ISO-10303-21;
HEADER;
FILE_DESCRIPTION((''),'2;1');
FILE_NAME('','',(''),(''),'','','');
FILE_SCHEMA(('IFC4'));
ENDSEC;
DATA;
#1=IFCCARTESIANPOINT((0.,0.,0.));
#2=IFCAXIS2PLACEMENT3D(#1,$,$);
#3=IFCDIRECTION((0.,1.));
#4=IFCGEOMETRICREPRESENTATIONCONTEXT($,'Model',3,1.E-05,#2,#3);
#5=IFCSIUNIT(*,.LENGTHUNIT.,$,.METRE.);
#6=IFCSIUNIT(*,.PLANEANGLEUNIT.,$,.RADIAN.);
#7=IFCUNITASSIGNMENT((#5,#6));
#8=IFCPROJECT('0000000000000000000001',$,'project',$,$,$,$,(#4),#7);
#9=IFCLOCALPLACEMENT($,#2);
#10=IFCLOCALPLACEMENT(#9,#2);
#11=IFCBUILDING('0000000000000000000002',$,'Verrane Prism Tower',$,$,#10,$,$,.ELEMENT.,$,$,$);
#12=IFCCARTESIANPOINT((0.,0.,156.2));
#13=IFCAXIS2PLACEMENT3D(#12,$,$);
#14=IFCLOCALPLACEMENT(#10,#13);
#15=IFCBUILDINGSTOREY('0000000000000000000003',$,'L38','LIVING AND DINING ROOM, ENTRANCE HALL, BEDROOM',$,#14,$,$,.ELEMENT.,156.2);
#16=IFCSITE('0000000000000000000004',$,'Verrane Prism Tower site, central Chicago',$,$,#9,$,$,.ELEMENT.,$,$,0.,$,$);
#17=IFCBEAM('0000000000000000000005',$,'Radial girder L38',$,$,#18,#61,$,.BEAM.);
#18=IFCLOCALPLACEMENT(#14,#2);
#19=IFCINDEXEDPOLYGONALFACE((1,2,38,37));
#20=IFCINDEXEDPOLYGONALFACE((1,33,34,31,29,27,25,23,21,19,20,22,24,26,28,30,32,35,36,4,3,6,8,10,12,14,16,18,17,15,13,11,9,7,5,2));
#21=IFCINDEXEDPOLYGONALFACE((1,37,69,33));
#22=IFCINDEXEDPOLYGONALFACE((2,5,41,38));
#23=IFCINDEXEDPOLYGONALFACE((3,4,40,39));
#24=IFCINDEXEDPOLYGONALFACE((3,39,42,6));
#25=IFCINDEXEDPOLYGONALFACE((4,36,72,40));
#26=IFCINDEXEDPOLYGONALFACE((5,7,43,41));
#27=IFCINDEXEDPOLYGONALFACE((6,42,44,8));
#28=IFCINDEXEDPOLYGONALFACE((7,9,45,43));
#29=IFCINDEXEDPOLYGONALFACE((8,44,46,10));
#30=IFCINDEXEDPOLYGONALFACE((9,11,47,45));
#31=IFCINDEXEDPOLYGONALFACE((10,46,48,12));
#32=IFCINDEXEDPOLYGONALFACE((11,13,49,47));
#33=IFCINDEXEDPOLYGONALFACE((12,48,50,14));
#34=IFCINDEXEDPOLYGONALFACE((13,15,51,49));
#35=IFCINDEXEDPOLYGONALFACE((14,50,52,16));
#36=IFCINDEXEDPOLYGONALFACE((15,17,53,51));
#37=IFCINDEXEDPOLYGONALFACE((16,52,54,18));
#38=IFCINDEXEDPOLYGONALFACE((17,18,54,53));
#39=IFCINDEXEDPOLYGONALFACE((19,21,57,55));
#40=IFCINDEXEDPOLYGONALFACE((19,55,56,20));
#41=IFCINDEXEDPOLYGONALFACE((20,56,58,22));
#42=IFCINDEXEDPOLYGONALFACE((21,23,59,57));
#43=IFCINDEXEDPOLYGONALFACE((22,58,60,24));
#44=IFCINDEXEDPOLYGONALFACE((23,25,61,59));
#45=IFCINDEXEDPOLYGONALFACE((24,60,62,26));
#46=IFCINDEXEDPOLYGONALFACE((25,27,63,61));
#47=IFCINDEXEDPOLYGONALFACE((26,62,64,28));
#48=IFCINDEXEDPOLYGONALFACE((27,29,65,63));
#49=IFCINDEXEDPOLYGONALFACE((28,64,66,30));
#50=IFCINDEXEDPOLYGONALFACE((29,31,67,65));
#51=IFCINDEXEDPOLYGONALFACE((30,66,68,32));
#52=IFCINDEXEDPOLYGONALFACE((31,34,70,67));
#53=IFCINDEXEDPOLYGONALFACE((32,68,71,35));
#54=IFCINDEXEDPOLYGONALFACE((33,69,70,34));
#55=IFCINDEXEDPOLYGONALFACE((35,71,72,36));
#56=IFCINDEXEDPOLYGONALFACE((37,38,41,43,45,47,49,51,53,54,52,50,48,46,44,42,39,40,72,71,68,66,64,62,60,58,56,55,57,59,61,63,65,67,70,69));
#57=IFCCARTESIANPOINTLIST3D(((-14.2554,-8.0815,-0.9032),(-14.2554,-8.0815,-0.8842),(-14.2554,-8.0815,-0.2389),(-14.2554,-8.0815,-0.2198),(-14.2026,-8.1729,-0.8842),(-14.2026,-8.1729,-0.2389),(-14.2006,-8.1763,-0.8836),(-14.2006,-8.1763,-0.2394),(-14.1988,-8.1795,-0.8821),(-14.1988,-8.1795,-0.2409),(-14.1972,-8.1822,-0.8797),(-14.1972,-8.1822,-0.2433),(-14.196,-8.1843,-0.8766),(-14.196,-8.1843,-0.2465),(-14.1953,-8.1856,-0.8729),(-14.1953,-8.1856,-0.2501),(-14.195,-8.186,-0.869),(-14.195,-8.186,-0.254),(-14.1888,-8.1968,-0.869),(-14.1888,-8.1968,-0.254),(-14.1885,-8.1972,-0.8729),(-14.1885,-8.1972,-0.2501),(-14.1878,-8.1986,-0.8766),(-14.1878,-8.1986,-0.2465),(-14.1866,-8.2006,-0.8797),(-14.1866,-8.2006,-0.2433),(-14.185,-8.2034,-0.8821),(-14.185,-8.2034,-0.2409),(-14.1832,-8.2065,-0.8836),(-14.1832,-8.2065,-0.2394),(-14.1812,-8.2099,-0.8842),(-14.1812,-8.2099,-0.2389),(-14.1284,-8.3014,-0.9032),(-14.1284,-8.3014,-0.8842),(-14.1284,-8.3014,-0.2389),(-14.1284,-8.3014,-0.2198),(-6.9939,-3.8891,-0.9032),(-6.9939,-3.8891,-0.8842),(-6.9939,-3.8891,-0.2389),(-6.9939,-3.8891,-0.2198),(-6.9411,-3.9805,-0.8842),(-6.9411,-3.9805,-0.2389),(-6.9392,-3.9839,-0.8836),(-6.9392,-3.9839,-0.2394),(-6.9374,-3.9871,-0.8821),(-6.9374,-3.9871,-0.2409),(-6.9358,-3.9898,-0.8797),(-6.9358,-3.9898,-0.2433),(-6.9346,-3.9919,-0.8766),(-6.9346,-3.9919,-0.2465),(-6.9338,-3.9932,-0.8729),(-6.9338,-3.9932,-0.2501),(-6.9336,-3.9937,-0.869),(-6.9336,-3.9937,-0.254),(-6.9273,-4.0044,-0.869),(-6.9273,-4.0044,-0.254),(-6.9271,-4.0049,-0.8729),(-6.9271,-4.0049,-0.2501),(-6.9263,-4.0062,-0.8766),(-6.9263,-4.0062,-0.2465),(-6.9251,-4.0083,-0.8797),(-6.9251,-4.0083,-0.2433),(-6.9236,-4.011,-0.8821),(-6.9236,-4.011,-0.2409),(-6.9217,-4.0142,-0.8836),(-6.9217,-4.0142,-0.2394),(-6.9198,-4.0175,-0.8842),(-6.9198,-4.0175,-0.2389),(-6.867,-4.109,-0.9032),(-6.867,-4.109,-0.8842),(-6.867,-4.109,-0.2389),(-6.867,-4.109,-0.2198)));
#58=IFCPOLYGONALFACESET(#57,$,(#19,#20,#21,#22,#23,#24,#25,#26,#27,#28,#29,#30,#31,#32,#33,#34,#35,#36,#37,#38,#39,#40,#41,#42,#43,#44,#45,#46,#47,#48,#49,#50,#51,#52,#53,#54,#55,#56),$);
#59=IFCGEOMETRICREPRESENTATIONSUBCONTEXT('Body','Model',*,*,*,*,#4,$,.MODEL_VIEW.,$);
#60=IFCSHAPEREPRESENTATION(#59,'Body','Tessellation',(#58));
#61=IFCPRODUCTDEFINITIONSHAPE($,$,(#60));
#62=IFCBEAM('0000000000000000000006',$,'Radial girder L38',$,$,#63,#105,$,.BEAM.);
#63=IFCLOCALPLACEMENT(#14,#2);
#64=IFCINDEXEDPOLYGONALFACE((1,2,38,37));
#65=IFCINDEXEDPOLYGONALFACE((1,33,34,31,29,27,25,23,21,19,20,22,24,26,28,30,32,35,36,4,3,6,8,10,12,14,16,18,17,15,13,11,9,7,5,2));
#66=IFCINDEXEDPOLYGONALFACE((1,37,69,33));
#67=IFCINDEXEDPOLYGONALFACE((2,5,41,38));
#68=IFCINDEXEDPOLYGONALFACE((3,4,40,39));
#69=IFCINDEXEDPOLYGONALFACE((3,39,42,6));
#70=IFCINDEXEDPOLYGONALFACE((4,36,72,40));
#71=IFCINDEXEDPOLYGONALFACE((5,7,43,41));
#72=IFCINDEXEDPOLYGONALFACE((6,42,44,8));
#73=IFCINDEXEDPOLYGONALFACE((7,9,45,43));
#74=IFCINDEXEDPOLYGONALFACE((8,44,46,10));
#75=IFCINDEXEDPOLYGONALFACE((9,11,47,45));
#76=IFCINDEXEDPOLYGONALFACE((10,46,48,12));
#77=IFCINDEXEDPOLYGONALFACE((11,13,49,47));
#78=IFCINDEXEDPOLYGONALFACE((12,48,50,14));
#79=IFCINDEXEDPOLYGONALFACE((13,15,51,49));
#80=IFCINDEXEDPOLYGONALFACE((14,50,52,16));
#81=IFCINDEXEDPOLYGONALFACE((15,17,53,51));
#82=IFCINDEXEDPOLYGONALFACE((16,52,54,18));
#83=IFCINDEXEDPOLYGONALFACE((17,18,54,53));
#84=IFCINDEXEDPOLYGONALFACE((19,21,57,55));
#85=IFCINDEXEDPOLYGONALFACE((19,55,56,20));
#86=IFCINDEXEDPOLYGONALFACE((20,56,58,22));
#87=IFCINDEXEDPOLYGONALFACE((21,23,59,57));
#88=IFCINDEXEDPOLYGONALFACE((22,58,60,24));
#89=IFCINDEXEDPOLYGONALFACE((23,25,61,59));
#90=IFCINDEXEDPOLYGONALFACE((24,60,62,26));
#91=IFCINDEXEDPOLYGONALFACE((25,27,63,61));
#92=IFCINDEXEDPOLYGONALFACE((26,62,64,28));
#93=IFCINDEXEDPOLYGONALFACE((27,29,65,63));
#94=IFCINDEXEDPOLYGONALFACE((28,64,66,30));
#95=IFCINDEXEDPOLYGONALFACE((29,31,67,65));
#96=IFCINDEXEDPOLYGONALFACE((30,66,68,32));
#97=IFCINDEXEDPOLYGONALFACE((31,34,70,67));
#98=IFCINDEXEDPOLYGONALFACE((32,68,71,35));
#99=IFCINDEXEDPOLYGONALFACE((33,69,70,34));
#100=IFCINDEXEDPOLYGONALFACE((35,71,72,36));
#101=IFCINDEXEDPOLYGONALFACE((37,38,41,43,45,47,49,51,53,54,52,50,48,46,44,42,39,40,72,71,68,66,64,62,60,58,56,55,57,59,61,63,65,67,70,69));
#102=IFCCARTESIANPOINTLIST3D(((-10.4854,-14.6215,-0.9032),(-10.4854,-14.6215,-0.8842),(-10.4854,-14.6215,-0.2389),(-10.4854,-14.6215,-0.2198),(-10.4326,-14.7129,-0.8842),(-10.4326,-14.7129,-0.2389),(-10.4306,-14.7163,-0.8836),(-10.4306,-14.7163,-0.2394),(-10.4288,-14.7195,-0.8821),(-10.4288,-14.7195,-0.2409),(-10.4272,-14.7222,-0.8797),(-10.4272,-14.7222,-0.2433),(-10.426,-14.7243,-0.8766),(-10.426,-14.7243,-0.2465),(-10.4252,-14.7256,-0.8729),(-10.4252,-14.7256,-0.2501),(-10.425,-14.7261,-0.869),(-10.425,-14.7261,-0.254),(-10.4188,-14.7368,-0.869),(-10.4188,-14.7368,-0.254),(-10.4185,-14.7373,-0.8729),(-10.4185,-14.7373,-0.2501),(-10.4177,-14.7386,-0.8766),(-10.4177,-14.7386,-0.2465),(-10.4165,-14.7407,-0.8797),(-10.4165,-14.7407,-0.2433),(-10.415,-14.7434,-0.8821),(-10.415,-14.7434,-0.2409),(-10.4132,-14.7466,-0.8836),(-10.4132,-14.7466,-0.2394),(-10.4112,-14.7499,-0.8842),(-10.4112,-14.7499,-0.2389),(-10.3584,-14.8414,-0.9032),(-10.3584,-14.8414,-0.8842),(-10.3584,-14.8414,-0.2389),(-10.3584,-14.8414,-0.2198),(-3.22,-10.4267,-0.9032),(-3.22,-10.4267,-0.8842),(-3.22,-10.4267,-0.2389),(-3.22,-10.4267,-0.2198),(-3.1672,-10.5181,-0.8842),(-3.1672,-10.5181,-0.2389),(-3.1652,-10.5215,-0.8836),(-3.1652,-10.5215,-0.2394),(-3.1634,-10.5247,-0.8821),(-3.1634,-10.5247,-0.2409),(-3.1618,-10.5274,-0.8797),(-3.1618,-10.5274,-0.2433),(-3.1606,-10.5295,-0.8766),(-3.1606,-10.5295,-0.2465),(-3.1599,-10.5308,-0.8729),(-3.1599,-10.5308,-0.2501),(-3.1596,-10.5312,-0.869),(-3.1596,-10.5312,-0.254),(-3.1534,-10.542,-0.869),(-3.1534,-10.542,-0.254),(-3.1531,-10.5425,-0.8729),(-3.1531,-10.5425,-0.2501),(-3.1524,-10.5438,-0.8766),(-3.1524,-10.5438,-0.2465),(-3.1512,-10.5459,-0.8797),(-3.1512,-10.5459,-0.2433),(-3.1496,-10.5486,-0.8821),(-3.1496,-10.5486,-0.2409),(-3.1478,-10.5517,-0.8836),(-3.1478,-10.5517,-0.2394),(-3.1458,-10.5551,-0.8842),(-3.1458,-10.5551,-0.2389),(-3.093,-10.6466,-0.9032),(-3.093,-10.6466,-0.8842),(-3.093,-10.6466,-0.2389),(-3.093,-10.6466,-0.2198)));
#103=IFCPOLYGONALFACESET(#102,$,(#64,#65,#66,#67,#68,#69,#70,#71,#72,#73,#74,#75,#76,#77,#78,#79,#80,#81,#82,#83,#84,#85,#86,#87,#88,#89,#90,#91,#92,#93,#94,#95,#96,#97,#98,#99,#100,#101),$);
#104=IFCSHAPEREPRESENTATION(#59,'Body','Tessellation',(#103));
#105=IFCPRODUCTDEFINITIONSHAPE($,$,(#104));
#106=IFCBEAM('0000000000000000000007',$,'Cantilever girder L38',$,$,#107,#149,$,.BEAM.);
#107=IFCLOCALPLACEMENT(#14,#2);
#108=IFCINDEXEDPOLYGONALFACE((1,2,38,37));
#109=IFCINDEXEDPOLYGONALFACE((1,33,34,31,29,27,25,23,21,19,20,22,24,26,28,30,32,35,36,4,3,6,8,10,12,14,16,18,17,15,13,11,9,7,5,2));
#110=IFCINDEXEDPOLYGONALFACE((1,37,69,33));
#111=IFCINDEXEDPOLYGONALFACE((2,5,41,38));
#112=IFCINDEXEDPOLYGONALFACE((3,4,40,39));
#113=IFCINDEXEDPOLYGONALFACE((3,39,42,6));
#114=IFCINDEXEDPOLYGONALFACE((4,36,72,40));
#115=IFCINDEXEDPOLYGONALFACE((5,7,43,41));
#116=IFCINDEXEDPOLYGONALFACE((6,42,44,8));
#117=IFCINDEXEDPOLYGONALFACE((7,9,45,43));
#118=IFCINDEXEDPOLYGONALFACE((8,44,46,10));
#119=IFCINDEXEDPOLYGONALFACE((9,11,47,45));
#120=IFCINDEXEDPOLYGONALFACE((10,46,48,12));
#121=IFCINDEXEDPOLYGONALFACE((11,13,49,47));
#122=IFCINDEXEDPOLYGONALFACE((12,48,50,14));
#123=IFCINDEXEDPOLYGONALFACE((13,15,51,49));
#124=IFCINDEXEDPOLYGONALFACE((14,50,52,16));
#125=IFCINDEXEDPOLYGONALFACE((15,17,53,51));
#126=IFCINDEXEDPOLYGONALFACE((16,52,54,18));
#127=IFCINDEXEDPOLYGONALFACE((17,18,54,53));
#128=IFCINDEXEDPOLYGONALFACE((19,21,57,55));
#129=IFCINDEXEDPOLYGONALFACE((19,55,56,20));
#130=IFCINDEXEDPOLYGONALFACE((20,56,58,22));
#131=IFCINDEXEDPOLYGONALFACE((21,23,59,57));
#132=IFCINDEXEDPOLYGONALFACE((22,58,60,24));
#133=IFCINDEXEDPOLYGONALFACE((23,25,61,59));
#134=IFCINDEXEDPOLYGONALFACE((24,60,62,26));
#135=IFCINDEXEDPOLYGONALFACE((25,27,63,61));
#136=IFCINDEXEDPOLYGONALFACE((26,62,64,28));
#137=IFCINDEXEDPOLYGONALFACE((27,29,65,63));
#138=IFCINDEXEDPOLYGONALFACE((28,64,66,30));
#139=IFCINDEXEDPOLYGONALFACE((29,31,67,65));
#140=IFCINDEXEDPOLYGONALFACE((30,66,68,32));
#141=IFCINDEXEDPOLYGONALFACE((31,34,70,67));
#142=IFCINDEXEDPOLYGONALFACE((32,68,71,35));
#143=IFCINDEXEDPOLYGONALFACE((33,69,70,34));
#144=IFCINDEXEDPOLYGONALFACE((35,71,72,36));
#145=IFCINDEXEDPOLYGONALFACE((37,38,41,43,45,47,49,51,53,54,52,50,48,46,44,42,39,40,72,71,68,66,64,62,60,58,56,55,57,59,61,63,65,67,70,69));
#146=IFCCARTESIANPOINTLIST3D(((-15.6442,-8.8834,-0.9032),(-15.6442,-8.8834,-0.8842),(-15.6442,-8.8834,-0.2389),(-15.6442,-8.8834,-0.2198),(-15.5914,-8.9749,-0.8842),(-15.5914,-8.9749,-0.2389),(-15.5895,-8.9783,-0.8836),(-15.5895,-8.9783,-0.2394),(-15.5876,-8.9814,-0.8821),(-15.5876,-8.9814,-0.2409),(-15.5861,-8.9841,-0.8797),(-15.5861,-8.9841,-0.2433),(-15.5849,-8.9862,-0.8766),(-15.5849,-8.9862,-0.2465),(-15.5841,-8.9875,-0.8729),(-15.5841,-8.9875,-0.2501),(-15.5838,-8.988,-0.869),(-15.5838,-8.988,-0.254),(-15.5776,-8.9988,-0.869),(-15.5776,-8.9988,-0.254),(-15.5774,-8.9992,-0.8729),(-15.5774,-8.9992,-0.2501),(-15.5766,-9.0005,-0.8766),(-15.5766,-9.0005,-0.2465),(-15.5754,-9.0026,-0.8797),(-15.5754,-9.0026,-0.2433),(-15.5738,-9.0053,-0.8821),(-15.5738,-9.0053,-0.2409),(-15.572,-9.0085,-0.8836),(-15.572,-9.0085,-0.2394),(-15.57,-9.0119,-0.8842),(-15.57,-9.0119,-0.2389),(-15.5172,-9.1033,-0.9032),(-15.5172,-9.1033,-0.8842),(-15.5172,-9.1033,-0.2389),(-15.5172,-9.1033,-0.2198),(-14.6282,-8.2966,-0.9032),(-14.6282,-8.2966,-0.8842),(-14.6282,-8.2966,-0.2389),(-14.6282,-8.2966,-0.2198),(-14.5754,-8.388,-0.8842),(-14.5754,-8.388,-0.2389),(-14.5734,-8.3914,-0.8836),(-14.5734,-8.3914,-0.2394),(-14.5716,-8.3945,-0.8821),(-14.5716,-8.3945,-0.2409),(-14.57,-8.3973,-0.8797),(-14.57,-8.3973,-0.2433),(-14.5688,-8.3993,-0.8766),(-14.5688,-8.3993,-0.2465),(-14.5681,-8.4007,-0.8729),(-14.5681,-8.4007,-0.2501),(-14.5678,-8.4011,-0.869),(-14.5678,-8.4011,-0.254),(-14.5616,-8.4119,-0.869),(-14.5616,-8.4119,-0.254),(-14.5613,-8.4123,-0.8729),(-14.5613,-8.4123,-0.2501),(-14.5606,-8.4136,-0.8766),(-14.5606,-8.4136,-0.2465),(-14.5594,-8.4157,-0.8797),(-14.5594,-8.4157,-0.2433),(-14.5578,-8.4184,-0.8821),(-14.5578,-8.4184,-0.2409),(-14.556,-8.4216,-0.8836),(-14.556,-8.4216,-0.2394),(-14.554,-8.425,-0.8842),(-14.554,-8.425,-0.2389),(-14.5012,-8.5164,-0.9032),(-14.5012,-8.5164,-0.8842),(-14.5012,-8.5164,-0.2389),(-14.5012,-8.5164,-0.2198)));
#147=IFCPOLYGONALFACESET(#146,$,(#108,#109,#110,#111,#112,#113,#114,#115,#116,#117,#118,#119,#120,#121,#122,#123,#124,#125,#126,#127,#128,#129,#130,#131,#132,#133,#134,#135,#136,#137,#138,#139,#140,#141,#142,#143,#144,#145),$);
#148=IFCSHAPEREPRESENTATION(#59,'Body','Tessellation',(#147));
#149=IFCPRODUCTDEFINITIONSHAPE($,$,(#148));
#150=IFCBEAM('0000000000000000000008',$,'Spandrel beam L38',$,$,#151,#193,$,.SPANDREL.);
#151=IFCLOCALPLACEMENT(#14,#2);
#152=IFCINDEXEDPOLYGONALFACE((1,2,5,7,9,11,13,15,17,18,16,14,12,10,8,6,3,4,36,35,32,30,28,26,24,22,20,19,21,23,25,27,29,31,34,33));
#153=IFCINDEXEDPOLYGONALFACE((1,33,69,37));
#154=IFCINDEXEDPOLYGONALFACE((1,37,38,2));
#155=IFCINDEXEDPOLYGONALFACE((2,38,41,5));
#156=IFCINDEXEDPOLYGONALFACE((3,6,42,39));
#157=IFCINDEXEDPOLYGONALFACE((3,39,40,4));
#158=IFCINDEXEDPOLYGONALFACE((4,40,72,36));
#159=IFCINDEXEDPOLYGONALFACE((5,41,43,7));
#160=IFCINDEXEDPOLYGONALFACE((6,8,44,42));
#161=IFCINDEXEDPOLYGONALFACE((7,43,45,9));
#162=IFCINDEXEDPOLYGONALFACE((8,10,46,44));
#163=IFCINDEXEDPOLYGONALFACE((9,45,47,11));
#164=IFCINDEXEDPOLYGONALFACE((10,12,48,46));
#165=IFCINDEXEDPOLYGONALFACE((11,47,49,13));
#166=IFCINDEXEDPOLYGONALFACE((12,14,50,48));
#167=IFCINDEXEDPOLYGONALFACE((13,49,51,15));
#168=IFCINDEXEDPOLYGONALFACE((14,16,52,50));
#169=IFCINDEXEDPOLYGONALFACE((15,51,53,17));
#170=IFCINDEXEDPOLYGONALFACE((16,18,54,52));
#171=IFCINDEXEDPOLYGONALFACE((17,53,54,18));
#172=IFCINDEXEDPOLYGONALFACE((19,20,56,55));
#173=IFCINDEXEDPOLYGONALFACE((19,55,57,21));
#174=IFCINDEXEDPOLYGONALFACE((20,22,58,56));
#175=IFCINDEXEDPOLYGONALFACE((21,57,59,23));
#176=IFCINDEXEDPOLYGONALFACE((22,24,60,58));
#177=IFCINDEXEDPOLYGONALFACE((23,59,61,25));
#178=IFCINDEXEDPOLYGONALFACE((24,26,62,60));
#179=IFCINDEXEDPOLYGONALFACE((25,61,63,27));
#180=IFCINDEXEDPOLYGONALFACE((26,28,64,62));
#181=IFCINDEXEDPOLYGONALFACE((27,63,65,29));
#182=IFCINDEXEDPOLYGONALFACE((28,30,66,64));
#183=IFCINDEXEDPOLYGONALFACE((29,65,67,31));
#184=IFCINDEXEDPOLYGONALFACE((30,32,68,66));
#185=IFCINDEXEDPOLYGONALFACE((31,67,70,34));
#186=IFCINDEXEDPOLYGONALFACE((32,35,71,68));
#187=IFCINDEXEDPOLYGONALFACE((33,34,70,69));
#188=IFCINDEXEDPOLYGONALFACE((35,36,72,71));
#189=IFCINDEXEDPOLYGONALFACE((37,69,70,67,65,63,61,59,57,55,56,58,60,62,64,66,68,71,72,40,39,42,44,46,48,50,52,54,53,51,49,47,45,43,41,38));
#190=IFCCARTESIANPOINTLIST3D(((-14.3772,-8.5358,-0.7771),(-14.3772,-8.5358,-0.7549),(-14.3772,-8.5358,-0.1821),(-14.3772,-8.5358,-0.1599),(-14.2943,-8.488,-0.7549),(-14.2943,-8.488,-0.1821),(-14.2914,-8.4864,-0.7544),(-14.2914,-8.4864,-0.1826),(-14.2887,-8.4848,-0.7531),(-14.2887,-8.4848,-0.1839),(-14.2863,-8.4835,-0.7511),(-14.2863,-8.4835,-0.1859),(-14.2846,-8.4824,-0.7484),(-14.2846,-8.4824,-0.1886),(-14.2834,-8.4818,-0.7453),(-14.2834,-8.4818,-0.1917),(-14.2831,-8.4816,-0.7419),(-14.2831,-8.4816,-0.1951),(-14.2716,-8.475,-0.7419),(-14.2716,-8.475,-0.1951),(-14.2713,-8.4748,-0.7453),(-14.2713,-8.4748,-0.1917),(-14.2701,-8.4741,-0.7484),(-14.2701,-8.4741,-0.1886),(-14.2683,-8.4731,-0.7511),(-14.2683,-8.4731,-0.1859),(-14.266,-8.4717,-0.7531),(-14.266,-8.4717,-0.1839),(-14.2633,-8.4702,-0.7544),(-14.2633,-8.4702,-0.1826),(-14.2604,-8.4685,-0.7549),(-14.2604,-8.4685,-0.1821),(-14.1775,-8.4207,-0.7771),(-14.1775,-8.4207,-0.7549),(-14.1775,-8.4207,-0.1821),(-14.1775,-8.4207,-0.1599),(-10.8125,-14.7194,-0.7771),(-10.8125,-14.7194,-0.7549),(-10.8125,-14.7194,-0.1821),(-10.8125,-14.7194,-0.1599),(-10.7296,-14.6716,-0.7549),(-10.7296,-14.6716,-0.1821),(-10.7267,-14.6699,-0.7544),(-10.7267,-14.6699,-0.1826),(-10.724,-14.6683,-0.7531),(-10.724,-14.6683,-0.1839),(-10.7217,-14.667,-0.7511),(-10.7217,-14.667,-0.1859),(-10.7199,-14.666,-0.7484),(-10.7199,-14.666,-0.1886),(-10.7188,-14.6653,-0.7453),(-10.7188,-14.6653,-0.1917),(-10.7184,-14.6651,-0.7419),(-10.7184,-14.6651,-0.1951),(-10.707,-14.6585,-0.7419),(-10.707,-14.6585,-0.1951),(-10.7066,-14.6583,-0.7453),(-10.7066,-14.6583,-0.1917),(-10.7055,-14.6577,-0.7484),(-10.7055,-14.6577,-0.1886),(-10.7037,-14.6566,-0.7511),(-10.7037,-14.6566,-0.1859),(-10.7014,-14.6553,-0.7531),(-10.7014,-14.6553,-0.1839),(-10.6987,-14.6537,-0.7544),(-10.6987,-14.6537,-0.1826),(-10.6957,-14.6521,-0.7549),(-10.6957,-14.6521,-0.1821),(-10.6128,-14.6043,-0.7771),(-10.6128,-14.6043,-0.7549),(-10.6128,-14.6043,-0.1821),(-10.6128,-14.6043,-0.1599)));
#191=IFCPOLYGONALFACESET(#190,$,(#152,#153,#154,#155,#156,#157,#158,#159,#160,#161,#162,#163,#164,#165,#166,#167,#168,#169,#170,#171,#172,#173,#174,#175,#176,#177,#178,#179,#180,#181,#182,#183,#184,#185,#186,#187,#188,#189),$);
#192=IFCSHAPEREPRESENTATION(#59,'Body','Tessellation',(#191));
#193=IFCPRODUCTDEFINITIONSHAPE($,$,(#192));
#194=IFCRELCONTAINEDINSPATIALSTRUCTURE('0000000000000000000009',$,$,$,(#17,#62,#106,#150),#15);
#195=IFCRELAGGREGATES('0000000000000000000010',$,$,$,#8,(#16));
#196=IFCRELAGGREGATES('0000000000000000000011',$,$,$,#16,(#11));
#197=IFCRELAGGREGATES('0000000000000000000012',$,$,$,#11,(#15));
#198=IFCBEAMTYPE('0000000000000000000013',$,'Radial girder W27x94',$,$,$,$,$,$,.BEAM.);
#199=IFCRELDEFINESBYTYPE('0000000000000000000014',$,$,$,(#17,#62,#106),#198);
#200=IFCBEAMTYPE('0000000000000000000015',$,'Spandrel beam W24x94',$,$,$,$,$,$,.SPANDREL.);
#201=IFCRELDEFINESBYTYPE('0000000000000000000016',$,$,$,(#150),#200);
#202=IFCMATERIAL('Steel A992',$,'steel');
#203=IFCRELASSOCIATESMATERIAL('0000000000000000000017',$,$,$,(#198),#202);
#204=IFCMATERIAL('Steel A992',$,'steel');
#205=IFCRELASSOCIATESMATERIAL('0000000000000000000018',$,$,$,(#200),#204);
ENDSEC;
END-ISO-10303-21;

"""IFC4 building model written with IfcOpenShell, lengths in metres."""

from ifc_helpers import new_model, si_unit, direction, frame, origin, origin_2d, place, context, subcontext, project, spatial, i_section, extrude, material, material_profile, profile_set, type_object, element, save


model = new_model("IFC4")

# Units and contexts
model_context = context("Model", 3, precision=1e-05, world=origin(), true_north=direction((0.0, 1.0)))
body_context = subcontext(model_context, "Body", "Model", "MODEL_VIEW")
ifc_project = project(units=[si_unit("LENGTHUNIT", "METRE"), si_unit("PLANEANGLEUNIT", "RADIAN")], contexts=[model_context])

# Site, building, storey
site_placement = place(None, origin())
site = spatial("IfcSite", under=ifc_project, at=site_placement, Name="Verrane Prism Tower site, central Chicago", CompositionType="ELEMENT", RefElevation=0.0)
building_placement = place(site_placement, origin())
building = spatial("IfcBuilding", under=site, at=building_placement, Name="Verrane Prism Tower", CompositionType="ELEMENT")
storey_placement = place(building_placement, frame((0.0, 0.0, 156.2)))
storey = spatial("IfcBuildingStorey", under=building, at=storey_placement, Name="L38", Description="LIVING AND DINING ROOM, ENTRANCE HALL, BEDROOM", CompositionType="ELEMENT", Elevation=156.2)

# Beams
ifc_material_1 = material(Name="Steel A992", Category="steel")
ifc_material_profile_1 = material_profile(ifc_material_1, i_section(OverallWidth=0.2539, OverallDepth=0.6833, WebThickness=0.0125, FlangeThickness=0.019, FilletRadius=0.0151, at=origin_2d()), Name="W27x94")
ifc_profile_set_1 = profile_set([ifc_material_profile_1], Name="Steel A992")
beam_type_1 = type_object("IfcBeamType", Name="Radial girder W27x94", PredefinedType="BEAM", material=ifc_profile_set_1)
beam_1_placement = place(storey_placement, frame((-14.1919, -8.1914, -0.5615), z_axis=(0.866027, 0.499997, 0.0), x_axis=(-0.499997, 0.866027, 0.0)))
element("IfcBeam", 1, at=beam_1_placement, inside=storey, type_object=beam_type_1, Name="Radial girder L38", PredefinedType="BEAM", context=body_context, shape_type="SweptSolid", body=[
    extrude(i_section(OverallWidth=0.2539, OverallDepth=0.6833, WebThickness=0.0125, FlangeThickness=0.019, FilletRadius=0.0151, at=origin_2d()), origin(), (0.0, 0.0, 1.0), 8.3848),
])
beam_2_placement = place(storey_placement, frame((-10.4219, -14.7314, -0.5615), z_axis=(0.866017, 0.500014, 0.0), x_axis=(-0.500014, 0.866017, 0.0)))
element("IfcBeam", 2, at=beam_2_placement, inside=storey, type_object=beam_type_1, Name="Radial girder L38", PredefinedType="BEAM", context=body_context, shape_type="SweptSolid", body=[
    extrude(i_section(OverallWidth=0.2539, OverallDepth=0.6833, WebThickness=0.0125, FlangeThickness=0.019, FilletRadius=0.0151, at=origin_2d()), origin(), (0.0, 0.0, 1.0), 8.3894),
])
beam_3_placement = place(storey_placement, frame((-14.5647, -8.4065, -0.5615), z_axis=(-0.865929, -0.500167, 0.0), x_axis=(0.500167, -0.865929, 0.0)))
element("IfcBeam", 3, at=beam_3_placement, inside=storey, type_object=beam_type_1, Name="Cantilever girder L38", PredefinedType="BEAM", context=body_context, shape_type="SweptSolid", body=[
    extrude(i_section(OverallWidth=0.2539, OverallDepth=0.6833, WebThickness=0.0125, FlangeThickness=0.019, FilletRadius=0.0151, at=origin_2d()), origin(), (0.0, 0.0, 1.0), 1.1733),
])
ifc_material_2 = material(Name="Steel A992", Category="steel")
ifc_material_profile_2 = material_profile(ifc_material_2, i_section(OverallWidth=0.2305, OverallDepth=0.6172, WebThickness=0.0132, FlangeThickness=0.0222, FilletRadius=0.0129, at=origin_2d()), Name="W24x94")
ifc_profile_set_2 = profile_set([ifc_material_profile_2], Name="Steel A992")
beam_type_2 = type_object("IfcBeamType", Name="Spandrel beam W24x94", PredefinedType="SPANDREL", material=ifc_profile_set_2)
for number, where, z_axis, x_axis, name in (
    (4, (-14.2773, -8.4783, -0.4685), (0.499432, -0.866353, 0.0), (0.866353, 0.499432, 0.0), "Spandrel beam L38"),
):
    element("IfcBeam", number, at=place(storey_placement, frame(where, z_axis=z_axis, x_axis=x_axis)), inside=storey, type_object=beam_type_2, Name=name, PredefinedType="SPANDREL", context=body_context, shape_type="SweptSolid", body=[
        extrude(i_section(OverallWidth=0.2305, OverallDepth=0.6172, WebThickness=0.0132, FlangeThickness=0.0222, FilletRadius=0.0129, at=origin_2d()), origin(), (0.0, 0.0, 1.0), 7.1375),
    ])

save(model, "model.ifc")
